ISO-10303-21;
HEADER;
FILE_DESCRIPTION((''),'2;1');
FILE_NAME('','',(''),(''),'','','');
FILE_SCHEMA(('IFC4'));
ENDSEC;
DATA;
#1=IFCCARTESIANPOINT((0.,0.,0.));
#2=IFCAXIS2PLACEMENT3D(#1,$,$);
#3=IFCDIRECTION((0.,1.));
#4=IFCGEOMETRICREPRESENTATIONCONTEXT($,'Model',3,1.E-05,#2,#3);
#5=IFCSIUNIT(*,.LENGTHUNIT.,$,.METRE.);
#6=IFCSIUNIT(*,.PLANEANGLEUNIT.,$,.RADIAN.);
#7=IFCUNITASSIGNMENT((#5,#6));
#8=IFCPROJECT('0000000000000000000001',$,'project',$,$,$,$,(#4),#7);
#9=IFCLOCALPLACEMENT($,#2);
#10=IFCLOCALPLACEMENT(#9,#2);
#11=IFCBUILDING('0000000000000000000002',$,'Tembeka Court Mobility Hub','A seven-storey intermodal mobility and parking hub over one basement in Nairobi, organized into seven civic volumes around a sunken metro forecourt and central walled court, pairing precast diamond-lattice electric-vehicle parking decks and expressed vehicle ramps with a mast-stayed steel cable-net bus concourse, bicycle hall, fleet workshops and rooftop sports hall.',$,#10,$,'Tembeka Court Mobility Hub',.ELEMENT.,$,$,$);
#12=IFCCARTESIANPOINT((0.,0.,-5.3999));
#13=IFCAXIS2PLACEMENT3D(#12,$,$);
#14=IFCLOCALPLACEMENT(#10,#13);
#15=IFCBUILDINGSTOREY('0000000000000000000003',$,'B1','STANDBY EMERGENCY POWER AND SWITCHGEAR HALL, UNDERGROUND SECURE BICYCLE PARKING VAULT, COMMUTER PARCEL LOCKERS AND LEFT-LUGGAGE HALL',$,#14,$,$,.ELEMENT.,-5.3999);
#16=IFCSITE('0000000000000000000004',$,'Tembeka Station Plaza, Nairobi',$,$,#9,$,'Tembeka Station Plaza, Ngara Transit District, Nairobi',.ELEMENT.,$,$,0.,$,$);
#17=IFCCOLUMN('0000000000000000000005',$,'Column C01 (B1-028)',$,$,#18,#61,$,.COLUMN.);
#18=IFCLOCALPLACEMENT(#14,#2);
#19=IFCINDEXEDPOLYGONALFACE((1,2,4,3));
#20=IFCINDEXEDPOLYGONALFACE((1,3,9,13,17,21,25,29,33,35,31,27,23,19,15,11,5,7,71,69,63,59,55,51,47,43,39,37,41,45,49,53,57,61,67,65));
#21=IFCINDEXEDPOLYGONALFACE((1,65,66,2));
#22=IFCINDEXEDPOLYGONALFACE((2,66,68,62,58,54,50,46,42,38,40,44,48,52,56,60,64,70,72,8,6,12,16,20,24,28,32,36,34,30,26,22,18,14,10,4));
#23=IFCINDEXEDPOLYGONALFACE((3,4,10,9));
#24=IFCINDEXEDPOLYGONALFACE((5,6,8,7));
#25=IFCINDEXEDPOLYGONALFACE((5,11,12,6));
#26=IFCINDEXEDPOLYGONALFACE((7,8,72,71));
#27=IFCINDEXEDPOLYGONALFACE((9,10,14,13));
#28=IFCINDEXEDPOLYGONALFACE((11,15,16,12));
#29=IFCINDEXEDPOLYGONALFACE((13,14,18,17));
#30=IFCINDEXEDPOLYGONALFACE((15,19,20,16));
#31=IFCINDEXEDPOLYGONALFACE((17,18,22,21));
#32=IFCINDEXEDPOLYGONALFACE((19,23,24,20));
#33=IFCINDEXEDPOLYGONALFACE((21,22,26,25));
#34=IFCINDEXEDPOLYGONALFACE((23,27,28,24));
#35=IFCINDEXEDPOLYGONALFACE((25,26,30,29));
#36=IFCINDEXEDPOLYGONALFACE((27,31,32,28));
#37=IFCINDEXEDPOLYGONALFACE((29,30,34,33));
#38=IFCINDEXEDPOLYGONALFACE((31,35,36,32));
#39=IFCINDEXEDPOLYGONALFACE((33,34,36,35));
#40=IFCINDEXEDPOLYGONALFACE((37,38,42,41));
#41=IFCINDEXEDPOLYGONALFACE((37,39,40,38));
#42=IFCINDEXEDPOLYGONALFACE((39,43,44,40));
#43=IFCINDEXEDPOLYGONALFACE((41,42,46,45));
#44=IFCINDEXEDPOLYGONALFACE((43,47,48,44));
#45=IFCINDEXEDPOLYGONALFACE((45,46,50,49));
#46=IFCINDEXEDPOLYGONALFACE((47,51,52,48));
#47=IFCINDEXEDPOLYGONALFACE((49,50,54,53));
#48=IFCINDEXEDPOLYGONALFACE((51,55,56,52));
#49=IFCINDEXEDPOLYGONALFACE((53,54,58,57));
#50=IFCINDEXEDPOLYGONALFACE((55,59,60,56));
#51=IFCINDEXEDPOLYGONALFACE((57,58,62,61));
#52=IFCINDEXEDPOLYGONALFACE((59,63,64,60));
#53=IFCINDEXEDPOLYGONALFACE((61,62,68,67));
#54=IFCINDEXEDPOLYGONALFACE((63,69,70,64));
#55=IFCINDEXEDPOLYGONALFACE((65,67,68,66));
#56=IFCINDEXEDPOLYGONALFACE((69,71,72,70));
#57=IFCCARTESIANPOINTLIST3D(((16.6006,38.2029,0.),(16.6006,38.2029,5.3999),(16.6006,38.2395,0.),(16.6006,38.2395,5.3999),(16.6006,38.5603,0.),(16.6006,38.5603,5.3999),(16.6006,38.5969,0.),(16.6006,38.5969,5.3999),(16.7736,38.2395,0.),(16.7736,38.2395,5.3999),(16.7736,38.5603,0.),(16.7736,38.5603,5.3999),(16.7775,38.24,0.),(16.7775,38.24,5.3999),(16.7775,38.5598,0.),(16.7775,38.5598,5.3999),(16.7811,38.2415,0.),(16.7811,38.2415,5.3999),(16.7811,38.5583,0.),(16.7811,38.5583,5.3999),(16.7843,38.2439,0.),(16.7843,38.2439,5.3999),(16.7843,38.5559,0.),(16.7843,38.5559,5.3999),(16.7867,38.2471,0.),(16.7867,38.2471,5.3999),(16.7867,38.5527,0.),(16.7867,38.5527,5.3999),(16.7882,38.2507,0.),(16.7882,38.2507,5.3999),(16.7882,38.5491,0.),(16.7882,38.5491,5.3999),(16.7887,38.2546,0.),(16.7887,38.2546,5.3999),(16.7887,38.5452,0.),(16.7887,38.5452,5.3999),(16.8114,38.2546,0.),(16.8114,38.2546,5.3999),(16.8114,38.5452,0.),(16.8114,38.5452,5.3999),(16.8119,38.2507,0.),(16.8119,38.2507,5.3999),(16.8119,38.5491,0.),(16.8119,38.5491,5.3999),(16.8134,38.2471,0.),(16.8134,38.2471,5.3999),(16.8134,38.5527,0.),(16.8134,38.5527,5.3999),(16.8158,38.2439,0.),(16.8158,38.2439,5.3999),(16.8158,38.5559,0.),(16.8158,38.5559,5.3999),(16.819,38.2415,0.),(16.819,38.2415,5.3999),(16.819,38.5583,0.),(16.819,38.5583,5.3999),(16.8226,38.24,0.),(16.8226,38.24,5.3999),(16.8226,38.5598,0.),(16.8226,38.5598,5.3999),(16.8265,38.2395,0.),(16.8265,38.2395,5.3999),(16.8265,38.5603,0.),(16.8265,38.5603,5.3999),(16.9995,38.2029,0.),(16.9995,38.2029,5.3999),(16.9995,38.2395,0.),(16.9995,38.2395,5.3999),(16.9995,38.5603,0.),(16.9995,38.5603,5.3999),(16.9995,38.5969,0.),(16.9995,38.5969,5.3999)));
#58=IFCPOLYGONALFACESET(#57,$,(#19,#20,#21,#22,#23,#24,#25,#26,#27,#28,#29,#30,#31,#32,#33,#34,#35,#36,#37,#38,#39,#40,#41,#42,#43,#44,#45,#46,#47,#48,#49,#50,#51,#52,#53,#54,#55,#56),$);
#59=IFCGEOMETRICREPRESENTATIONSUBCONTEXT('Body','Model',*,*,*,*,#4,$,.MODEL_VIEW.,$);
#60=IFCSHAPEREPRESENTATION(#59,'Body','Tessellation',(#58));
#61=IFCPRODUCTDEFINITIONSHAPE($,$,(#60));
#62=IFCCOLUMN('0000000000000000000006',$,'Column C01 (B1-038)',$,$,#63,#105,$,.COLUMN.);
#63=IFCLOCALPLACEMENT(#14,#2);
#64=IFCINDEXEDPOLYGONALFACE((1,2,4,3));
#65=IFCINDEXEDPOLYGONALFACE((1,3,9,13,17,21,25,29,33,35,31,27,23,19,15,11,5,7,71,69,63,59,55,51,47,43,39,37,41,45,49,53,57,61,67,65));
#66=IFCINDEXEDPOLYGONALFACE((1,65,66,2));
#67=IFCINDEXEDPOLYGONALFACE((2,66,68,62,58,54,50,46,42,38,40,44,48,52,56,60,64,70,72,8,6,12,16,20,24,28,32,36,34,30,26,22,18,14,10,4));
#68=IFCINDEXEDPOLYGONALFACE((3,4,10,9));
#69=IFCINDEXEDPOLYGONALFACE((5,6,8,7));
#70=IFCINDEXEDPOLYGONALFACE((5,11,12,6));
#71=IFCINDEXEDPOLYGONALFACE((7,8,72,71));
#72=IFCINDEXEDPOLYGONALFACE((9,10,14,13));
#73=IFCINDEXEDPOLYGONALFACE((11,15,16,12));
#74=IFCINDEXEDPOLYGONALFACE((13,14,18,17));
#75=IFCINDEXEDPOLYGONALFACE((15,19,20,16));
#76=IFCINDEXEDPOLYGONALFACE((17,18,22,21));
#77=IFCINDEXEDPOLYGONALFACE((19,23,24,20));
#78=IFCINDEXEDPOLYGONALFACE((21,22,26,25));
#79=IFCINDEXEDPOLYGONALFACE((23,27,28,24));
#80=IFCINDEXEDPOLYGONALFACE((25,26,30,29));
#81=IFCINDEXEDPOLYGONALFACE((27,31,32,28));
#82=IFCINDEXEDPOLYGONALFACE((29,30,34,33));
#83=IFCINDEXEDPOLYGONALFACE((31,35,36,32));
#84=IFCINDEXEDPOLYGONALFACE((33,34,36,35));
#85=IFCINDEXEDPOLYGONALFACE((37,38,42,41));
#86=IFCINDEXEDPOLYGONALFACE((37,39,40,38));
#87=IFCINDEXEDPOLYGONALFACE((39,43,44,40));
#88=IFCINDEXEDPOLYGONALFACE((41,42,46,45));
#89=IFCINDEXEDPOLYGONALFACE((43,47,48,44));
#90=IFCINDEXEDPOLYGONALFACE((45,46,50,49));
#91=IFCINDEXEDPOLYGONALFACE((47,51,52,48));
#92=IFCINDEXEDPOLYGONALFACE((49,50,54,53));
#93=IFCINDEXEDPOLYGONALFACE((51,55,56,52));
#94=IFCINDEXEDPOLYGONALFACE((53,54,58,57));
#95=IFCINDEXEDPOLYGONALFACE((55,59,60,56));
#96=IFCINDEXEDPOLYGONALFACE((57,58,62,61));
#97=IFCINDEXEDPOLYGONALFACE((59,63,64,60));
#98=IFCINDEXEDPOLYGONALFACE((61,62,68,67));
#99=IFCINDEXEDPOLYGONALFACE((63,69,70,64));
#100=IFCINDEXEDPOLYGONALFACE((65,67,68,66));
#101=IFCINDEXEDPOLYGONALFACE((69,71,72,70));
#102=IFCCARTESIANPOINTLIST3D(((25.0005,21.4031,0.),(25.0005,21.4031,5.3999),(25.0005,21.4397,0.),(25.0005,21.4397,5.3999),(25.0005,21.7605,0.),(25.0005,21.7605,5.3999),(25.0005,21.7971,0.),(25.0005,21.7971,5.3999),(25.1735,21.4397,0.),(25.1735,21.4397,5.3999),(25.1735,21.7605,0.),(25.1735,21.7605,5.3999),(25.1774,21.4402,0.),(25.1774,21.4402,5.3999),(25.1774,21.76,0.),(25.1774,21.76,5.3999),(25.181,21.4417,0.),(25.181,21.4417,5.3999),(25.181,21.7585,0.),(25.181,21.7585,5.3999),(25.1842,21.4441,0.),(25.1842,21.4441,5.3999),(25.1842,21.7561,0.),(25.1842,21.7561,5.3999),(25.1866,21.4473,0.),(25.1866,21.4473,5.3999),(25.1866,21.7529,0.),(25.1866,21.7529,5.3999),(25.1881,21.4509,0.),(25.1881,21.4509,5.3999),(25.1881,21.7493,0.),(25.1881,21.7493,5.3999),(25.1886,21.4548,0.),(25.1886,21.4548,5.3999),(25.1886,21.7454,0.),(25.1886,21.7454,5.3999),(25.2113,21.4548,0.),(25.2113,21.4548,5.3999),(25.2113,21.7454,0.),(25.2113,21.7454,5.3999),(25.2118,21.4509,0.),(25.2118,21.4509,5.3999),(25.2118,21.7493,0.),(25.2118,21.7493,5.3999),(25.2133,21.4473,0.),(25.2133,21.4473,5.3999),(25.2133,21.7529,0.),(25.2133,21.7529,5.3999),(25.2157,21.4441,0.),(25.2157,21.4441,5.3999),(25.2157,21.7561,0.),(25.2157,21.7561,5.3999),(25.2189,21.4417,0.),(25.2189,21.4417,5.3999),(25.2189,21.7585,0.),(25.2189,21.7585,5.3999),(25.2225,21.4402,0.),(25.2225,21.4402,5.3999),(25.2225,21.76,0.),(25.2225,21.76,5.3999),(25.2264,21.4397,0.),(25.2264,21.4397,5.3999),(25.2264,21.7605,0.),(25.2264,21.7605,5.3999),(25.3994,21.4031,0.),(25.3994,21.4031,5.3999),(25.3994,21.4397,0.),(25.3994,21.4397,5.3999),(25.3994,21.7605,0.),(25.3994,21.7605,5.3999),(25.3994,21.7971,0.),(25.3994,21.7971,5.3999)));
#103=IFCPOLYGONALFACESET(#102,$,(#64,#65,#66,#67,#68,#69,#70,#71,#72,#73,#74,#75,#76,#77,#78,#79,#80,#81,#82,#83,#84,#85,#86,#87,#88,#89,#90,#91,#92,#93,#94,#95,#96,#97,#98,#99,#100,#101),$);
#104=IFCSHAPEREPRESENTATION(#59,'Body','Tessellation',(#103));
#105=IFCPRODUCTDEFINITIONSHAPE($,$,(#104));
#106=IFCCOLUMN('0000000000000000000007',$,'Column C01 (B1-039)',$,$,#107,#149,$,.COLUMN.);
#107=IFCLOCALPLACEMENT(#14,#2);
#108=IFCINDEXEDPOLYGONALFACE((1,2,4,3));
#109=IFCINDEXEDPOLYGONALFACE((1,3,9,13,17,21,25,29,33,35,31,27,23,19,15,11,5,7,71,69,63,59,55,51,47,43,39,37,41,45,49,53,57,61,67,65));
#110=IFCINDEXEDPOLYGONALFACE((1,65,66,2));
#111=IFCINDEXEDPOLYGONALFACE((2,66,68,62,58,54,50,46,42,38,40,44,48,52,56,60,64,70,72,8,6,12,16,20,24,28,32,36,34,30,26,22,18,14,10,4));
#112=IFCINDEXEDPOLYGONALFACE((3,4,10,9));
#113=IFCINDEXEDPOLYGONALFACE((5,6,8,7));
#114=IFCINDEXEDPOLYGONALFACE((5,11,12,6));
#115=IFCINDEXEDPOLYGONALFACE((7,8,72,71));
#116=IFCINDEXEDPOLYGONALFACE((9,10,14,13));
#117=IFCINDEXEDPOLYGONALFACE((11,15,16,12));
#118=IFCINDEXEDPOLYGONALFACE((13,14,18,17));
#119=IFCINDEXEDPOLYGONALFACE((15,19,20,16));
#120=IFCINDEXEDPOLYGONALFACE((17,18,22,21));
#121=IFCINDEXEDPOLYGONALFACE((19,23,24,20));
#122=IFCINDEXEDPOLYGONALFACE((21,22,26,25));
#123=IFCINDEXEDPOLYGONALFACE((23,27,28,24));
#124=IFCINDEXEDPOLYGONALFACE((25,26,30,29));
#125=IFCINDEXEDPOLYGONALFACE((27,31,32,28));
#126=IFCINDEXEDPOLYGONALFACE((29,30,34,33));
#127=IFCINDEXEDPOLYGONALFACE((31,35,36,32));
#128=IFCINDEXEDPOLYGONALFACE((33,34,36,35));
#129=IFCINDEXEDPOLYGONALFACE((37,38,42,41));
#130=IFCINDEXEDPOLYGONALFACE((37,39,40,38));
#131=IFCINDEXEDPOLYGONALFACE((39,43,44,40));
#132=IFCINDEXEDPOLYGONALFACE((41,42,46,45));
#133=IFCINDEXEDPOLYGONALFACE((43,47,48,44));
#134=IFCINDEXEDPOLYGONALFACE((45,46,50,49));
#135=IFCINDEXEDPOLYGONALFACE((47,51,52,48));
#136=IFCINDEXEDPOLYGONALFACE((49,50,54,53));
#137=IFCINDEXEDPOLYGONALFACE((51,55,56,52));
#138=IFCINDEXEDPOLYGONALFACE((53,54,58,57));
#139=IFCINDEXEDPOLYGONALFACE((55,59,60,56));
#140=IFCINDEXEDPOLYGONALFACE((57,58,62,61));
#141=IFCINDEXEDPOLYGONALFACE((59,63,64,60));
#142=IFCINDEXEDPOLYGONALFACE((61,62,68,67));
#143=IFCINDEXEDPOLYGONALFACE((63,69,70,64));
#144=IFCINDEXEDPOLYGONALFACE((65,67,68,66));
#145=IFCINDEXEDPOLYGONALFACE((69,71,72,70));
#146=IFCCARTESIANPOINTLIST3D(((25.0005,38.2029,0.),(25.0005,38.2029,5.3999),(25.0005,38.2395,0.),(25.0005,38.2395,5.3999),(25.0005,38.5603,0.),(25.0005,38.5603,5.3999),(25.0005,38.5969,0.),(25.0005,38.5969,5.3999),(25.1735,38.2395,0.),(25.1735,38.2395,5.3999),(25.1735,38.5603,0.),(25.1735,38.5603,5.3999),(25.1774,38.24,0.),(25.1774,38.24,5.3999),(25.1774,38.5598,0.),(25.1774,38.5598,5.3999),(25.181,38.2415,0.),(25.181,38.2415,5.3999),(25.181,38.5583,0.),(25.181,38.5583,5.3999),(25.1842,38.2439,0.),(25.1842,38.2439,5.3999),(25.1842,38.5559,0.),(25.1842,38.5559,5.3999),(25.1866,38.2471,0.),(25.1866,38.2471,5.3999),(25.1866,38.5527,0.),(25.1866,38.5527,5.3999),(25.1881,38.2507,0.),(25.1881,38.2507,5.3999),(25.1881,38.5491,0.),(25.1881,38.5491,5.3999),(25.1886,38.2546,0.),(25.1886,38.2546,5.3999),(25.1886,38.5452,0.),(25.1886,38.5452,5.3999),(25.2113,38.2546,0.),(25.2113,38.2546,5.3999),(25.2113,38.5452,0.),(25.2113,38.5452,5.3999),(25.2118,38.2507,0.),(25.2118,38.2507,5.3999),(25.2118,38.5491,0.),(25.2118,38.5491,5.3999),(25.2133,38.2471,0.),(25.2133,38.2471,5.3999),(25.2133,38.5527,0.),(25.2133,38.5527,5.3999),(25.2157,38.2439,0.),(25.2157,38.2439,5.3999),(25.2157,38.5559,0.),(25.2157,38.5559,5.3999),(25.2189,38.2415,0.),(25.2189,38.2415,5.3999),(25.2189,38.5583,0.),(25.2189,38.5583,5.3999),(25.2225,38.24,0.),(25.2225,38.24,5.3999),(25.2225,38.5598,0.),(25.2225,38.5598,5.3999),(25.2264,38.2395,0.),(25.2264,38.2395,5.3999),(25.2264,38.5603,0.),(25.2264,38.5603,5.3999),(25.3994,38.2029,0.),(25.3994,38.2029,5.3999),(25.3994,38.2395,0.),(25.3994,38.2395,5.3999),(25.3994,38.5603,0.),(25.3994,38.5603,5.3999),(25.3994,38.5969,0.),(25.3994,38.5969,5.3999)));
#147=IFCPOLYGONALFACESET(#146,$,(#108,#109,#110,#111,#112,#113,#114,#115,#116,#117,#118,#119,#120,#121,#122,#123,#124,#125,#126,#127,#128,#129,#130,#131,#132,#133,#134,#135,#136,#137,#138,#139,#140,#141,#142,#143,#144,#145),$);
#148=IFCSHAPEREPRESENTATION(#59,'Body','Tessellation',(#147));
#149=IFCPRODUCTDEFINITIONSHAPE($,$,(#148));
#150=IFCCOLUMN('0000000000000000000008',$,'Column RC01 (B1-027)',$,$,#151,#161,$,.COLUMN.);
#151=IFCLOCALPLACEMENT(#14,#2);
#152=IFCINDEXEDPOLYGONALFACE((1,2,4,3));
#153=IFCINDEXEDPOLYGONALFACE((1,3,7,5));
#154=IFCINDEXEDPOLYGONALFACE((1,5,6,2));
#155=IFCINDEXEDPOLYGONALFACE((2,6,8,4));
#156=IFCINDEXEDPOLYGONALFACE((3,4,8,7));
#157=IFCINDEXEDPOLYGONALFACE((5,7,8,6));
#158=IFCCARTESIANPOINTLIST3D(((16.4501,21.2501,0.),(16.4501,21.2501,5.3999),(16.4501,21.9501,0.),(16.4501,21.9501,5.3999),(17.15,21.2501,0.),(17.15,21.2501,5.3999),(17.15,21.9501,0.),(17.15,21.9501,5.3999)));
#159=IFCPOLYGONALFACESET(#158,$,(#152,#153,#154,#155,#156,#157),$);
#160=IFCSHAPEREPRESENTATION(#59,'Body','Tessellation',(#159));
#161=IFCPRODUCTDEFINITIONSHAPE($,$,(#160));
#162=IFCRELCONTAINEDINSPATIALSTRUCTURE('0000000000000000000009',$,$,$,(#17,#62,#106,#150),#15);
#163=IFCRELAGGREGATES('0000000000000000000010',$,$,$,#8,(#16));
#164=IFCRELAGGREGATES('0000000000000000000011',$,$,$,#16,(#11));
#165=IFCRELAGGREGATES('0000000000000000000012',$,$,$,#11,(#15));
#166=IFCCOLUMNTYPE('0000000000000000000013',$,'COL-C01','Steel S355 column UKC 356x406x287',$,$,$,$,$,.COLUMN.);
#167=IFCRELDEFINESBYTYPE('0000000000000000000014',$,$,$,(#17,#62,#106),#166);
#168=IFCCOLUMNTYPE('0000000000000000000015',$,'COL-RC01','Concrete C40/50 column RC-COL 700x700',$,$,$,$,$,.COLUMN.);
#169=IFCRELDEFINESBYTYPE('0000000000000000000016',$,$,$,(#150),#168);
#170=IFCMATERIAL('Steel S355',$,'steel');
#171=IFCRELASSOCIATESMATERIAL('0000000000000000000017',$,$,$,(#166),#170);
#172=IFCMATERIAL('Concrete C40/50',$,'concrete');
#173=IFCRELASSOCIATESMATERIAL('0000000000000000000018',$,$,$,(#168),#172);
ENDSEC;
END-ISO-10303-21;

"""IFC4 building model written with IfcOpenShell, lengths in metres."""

from ifc_helpers import new_model, si_unit, direction, frame, origin, origin_2d, place, context, subcontext, project, spatial, rectangle, i_section, extrude, material, material_profile, profile_set, type_object, element, save


model = new_model("IFC4")

# Units and contexts
model_context = context("Model", 3, precision=1e-05, world=origin(), true_north=direction((0.0, 1.0)))
body_context = subcontext(model_context, "Body", "Model", "MODEL_VIEW")
ifc_project = project(units=[si_unit("LENGTHUNIT", "METRE"), si_unit("PLANEANGLEUNIT", "RADIAN")], contexts=[model_context])

# Site, building, storey
site_placement = place(None, origin())
site = spatial("IfcSite", under=ifc_project, at=site_placement, Name="Tembeka Station Plaza, Nairobi", LongName="Tembeka Station Plaza, Ngara Transit District, Nairobi", CompositionType="ELEMENT", RefElevation=0.0)
building_placement = place(site_placement, origin())
building = spatial("IfcBuilding", under=site, at=building_placement, Name="Tembeka Court Mobility Hub", Description="A seven-storey intermodal mobility and parking hub over one basement in Nairobi, organized into seven civic volumes around a sunken metro forecourt and central walled court, pairing precast diamond-lattice electric-vehicle parking decks and expressed vehicle ramps with a mast-stayed steel cable-net bus concourse, bicycle hall, fleet workshops and rooftop sports hall.", LongName="Tembeka Court Mobility Hub", CompositionType="ELEMENT")
storey_placement = place(building_placement, frame((0.0, 0.0, -5.3999)))
storey = spatial("IfcBuildingStorey", under=building, at=storey_placement, Name="B1", Description="STANDBY EMERGENCY POWER AND SWITCHGEAR HALL, UNDERGROUND SECURE BICYCLE PARKING VAULT, COMMUTER PARCEL LOCKERS AND LEFT-LUGGAGE HALL", CompositionType="ELEMENT", Elevation=-5.3999)

# Shared definitions
ifc_material_1 = material(Name="Concrete C40/50", Category="concrete")

# Columns
ifc_material_2 = material(Name="Steel S355", Category="steel")
ifc_material_profile_1 = material_profile(ifc_material_2, i_section(OverallWidth=0.3989, OverallDepth=0.394, WebThickness=0.0227, FlangeThickness=0.0366, FilletRadius=0.0151, at=origin_2d()), Name="UKC 356x406x287")
ifc_profile_set_1 = profile_set([ifc_material_profile_1], Name="Steel S355")
column_type_1 = type_object("IfcColumnType", Name="COL-C01", Description="Steel S355 column UKC 356x406x287", PredefinedType="COLUMN", material=ifc_profile_set_1)
for number, where, z_axis, x_axis, name in (
    (1, (16.8, 38.3999, 0.0), (0.0, 0.0, 1.0), (1.0, 0.0, 0.0), "Column C01 (B1-028)"),
    (2, (25.2, 21.6001, 0.0), (0.0, 0.0, 1.0), (1.0, 0.0, 0.0), "Column C01 (B1-038)"),
    (3, (25.2, 38.3999, 0.0), (0.0, 0.0, 1.0), (1.0, 0.0, 0.0), "Column C01 (B1-039)"),
):
    element("IfcColumn", number, at=place(storey_placement, frame(where, z_axis=z_axis, x_axis=x_axis)), inside=storey, type_object=column_type_1, Name=name, PredefinedType="COLUMN", context=body_context, shape_type="SweptSolid", body=[
        extrude(i_section(OverallWidth=0.3989, OverallDepth=0.394, WebThickness=0.0227, FlangeThickness=0.0366, FilletRadius=0.0151, at=origin_2d()), origin(), (0.0, 0.0, 1.0), 5.3999),
    ])
ifc_material_profile_2 = material_profile(ifc_material_1, rectangle(XDim=0.7, YDim=0.7, at=origin_2d()), Name="RC-COL 700x700")
ifc_profile_set_2 = profile_set([ifc_material_profile_2], Name="Concrete C40/50")
column_type_2 = type_object("IfcColumnType", Name="COL-RC01", Description="Concrete C40/50 column RC-COL 700x700", PredefinedType="COLUMN", material=ifc_profile_set_2)
column_placement = place(storey_placement, frame((16.8, 21.6001, 0.0), z_axis=(0.0, 0.0, 1.0), x_axis=(1.0, 0.0, 0.0)))
element("IfcColumn", 4, at=column_placement, inside=storey, type_object=column_type_2, Name="Column RC01 (B1-027)", PredefinedType="COLUMN", context=body_context, shape_type="SweptSolid", body=[
    extrude(rectangle(XDim=0.7, YDim=0.7, at=origin_2d()), origin(), (0.0, 0.0, 1.0), 5.3999),
])

save(model, "model.ifc")
